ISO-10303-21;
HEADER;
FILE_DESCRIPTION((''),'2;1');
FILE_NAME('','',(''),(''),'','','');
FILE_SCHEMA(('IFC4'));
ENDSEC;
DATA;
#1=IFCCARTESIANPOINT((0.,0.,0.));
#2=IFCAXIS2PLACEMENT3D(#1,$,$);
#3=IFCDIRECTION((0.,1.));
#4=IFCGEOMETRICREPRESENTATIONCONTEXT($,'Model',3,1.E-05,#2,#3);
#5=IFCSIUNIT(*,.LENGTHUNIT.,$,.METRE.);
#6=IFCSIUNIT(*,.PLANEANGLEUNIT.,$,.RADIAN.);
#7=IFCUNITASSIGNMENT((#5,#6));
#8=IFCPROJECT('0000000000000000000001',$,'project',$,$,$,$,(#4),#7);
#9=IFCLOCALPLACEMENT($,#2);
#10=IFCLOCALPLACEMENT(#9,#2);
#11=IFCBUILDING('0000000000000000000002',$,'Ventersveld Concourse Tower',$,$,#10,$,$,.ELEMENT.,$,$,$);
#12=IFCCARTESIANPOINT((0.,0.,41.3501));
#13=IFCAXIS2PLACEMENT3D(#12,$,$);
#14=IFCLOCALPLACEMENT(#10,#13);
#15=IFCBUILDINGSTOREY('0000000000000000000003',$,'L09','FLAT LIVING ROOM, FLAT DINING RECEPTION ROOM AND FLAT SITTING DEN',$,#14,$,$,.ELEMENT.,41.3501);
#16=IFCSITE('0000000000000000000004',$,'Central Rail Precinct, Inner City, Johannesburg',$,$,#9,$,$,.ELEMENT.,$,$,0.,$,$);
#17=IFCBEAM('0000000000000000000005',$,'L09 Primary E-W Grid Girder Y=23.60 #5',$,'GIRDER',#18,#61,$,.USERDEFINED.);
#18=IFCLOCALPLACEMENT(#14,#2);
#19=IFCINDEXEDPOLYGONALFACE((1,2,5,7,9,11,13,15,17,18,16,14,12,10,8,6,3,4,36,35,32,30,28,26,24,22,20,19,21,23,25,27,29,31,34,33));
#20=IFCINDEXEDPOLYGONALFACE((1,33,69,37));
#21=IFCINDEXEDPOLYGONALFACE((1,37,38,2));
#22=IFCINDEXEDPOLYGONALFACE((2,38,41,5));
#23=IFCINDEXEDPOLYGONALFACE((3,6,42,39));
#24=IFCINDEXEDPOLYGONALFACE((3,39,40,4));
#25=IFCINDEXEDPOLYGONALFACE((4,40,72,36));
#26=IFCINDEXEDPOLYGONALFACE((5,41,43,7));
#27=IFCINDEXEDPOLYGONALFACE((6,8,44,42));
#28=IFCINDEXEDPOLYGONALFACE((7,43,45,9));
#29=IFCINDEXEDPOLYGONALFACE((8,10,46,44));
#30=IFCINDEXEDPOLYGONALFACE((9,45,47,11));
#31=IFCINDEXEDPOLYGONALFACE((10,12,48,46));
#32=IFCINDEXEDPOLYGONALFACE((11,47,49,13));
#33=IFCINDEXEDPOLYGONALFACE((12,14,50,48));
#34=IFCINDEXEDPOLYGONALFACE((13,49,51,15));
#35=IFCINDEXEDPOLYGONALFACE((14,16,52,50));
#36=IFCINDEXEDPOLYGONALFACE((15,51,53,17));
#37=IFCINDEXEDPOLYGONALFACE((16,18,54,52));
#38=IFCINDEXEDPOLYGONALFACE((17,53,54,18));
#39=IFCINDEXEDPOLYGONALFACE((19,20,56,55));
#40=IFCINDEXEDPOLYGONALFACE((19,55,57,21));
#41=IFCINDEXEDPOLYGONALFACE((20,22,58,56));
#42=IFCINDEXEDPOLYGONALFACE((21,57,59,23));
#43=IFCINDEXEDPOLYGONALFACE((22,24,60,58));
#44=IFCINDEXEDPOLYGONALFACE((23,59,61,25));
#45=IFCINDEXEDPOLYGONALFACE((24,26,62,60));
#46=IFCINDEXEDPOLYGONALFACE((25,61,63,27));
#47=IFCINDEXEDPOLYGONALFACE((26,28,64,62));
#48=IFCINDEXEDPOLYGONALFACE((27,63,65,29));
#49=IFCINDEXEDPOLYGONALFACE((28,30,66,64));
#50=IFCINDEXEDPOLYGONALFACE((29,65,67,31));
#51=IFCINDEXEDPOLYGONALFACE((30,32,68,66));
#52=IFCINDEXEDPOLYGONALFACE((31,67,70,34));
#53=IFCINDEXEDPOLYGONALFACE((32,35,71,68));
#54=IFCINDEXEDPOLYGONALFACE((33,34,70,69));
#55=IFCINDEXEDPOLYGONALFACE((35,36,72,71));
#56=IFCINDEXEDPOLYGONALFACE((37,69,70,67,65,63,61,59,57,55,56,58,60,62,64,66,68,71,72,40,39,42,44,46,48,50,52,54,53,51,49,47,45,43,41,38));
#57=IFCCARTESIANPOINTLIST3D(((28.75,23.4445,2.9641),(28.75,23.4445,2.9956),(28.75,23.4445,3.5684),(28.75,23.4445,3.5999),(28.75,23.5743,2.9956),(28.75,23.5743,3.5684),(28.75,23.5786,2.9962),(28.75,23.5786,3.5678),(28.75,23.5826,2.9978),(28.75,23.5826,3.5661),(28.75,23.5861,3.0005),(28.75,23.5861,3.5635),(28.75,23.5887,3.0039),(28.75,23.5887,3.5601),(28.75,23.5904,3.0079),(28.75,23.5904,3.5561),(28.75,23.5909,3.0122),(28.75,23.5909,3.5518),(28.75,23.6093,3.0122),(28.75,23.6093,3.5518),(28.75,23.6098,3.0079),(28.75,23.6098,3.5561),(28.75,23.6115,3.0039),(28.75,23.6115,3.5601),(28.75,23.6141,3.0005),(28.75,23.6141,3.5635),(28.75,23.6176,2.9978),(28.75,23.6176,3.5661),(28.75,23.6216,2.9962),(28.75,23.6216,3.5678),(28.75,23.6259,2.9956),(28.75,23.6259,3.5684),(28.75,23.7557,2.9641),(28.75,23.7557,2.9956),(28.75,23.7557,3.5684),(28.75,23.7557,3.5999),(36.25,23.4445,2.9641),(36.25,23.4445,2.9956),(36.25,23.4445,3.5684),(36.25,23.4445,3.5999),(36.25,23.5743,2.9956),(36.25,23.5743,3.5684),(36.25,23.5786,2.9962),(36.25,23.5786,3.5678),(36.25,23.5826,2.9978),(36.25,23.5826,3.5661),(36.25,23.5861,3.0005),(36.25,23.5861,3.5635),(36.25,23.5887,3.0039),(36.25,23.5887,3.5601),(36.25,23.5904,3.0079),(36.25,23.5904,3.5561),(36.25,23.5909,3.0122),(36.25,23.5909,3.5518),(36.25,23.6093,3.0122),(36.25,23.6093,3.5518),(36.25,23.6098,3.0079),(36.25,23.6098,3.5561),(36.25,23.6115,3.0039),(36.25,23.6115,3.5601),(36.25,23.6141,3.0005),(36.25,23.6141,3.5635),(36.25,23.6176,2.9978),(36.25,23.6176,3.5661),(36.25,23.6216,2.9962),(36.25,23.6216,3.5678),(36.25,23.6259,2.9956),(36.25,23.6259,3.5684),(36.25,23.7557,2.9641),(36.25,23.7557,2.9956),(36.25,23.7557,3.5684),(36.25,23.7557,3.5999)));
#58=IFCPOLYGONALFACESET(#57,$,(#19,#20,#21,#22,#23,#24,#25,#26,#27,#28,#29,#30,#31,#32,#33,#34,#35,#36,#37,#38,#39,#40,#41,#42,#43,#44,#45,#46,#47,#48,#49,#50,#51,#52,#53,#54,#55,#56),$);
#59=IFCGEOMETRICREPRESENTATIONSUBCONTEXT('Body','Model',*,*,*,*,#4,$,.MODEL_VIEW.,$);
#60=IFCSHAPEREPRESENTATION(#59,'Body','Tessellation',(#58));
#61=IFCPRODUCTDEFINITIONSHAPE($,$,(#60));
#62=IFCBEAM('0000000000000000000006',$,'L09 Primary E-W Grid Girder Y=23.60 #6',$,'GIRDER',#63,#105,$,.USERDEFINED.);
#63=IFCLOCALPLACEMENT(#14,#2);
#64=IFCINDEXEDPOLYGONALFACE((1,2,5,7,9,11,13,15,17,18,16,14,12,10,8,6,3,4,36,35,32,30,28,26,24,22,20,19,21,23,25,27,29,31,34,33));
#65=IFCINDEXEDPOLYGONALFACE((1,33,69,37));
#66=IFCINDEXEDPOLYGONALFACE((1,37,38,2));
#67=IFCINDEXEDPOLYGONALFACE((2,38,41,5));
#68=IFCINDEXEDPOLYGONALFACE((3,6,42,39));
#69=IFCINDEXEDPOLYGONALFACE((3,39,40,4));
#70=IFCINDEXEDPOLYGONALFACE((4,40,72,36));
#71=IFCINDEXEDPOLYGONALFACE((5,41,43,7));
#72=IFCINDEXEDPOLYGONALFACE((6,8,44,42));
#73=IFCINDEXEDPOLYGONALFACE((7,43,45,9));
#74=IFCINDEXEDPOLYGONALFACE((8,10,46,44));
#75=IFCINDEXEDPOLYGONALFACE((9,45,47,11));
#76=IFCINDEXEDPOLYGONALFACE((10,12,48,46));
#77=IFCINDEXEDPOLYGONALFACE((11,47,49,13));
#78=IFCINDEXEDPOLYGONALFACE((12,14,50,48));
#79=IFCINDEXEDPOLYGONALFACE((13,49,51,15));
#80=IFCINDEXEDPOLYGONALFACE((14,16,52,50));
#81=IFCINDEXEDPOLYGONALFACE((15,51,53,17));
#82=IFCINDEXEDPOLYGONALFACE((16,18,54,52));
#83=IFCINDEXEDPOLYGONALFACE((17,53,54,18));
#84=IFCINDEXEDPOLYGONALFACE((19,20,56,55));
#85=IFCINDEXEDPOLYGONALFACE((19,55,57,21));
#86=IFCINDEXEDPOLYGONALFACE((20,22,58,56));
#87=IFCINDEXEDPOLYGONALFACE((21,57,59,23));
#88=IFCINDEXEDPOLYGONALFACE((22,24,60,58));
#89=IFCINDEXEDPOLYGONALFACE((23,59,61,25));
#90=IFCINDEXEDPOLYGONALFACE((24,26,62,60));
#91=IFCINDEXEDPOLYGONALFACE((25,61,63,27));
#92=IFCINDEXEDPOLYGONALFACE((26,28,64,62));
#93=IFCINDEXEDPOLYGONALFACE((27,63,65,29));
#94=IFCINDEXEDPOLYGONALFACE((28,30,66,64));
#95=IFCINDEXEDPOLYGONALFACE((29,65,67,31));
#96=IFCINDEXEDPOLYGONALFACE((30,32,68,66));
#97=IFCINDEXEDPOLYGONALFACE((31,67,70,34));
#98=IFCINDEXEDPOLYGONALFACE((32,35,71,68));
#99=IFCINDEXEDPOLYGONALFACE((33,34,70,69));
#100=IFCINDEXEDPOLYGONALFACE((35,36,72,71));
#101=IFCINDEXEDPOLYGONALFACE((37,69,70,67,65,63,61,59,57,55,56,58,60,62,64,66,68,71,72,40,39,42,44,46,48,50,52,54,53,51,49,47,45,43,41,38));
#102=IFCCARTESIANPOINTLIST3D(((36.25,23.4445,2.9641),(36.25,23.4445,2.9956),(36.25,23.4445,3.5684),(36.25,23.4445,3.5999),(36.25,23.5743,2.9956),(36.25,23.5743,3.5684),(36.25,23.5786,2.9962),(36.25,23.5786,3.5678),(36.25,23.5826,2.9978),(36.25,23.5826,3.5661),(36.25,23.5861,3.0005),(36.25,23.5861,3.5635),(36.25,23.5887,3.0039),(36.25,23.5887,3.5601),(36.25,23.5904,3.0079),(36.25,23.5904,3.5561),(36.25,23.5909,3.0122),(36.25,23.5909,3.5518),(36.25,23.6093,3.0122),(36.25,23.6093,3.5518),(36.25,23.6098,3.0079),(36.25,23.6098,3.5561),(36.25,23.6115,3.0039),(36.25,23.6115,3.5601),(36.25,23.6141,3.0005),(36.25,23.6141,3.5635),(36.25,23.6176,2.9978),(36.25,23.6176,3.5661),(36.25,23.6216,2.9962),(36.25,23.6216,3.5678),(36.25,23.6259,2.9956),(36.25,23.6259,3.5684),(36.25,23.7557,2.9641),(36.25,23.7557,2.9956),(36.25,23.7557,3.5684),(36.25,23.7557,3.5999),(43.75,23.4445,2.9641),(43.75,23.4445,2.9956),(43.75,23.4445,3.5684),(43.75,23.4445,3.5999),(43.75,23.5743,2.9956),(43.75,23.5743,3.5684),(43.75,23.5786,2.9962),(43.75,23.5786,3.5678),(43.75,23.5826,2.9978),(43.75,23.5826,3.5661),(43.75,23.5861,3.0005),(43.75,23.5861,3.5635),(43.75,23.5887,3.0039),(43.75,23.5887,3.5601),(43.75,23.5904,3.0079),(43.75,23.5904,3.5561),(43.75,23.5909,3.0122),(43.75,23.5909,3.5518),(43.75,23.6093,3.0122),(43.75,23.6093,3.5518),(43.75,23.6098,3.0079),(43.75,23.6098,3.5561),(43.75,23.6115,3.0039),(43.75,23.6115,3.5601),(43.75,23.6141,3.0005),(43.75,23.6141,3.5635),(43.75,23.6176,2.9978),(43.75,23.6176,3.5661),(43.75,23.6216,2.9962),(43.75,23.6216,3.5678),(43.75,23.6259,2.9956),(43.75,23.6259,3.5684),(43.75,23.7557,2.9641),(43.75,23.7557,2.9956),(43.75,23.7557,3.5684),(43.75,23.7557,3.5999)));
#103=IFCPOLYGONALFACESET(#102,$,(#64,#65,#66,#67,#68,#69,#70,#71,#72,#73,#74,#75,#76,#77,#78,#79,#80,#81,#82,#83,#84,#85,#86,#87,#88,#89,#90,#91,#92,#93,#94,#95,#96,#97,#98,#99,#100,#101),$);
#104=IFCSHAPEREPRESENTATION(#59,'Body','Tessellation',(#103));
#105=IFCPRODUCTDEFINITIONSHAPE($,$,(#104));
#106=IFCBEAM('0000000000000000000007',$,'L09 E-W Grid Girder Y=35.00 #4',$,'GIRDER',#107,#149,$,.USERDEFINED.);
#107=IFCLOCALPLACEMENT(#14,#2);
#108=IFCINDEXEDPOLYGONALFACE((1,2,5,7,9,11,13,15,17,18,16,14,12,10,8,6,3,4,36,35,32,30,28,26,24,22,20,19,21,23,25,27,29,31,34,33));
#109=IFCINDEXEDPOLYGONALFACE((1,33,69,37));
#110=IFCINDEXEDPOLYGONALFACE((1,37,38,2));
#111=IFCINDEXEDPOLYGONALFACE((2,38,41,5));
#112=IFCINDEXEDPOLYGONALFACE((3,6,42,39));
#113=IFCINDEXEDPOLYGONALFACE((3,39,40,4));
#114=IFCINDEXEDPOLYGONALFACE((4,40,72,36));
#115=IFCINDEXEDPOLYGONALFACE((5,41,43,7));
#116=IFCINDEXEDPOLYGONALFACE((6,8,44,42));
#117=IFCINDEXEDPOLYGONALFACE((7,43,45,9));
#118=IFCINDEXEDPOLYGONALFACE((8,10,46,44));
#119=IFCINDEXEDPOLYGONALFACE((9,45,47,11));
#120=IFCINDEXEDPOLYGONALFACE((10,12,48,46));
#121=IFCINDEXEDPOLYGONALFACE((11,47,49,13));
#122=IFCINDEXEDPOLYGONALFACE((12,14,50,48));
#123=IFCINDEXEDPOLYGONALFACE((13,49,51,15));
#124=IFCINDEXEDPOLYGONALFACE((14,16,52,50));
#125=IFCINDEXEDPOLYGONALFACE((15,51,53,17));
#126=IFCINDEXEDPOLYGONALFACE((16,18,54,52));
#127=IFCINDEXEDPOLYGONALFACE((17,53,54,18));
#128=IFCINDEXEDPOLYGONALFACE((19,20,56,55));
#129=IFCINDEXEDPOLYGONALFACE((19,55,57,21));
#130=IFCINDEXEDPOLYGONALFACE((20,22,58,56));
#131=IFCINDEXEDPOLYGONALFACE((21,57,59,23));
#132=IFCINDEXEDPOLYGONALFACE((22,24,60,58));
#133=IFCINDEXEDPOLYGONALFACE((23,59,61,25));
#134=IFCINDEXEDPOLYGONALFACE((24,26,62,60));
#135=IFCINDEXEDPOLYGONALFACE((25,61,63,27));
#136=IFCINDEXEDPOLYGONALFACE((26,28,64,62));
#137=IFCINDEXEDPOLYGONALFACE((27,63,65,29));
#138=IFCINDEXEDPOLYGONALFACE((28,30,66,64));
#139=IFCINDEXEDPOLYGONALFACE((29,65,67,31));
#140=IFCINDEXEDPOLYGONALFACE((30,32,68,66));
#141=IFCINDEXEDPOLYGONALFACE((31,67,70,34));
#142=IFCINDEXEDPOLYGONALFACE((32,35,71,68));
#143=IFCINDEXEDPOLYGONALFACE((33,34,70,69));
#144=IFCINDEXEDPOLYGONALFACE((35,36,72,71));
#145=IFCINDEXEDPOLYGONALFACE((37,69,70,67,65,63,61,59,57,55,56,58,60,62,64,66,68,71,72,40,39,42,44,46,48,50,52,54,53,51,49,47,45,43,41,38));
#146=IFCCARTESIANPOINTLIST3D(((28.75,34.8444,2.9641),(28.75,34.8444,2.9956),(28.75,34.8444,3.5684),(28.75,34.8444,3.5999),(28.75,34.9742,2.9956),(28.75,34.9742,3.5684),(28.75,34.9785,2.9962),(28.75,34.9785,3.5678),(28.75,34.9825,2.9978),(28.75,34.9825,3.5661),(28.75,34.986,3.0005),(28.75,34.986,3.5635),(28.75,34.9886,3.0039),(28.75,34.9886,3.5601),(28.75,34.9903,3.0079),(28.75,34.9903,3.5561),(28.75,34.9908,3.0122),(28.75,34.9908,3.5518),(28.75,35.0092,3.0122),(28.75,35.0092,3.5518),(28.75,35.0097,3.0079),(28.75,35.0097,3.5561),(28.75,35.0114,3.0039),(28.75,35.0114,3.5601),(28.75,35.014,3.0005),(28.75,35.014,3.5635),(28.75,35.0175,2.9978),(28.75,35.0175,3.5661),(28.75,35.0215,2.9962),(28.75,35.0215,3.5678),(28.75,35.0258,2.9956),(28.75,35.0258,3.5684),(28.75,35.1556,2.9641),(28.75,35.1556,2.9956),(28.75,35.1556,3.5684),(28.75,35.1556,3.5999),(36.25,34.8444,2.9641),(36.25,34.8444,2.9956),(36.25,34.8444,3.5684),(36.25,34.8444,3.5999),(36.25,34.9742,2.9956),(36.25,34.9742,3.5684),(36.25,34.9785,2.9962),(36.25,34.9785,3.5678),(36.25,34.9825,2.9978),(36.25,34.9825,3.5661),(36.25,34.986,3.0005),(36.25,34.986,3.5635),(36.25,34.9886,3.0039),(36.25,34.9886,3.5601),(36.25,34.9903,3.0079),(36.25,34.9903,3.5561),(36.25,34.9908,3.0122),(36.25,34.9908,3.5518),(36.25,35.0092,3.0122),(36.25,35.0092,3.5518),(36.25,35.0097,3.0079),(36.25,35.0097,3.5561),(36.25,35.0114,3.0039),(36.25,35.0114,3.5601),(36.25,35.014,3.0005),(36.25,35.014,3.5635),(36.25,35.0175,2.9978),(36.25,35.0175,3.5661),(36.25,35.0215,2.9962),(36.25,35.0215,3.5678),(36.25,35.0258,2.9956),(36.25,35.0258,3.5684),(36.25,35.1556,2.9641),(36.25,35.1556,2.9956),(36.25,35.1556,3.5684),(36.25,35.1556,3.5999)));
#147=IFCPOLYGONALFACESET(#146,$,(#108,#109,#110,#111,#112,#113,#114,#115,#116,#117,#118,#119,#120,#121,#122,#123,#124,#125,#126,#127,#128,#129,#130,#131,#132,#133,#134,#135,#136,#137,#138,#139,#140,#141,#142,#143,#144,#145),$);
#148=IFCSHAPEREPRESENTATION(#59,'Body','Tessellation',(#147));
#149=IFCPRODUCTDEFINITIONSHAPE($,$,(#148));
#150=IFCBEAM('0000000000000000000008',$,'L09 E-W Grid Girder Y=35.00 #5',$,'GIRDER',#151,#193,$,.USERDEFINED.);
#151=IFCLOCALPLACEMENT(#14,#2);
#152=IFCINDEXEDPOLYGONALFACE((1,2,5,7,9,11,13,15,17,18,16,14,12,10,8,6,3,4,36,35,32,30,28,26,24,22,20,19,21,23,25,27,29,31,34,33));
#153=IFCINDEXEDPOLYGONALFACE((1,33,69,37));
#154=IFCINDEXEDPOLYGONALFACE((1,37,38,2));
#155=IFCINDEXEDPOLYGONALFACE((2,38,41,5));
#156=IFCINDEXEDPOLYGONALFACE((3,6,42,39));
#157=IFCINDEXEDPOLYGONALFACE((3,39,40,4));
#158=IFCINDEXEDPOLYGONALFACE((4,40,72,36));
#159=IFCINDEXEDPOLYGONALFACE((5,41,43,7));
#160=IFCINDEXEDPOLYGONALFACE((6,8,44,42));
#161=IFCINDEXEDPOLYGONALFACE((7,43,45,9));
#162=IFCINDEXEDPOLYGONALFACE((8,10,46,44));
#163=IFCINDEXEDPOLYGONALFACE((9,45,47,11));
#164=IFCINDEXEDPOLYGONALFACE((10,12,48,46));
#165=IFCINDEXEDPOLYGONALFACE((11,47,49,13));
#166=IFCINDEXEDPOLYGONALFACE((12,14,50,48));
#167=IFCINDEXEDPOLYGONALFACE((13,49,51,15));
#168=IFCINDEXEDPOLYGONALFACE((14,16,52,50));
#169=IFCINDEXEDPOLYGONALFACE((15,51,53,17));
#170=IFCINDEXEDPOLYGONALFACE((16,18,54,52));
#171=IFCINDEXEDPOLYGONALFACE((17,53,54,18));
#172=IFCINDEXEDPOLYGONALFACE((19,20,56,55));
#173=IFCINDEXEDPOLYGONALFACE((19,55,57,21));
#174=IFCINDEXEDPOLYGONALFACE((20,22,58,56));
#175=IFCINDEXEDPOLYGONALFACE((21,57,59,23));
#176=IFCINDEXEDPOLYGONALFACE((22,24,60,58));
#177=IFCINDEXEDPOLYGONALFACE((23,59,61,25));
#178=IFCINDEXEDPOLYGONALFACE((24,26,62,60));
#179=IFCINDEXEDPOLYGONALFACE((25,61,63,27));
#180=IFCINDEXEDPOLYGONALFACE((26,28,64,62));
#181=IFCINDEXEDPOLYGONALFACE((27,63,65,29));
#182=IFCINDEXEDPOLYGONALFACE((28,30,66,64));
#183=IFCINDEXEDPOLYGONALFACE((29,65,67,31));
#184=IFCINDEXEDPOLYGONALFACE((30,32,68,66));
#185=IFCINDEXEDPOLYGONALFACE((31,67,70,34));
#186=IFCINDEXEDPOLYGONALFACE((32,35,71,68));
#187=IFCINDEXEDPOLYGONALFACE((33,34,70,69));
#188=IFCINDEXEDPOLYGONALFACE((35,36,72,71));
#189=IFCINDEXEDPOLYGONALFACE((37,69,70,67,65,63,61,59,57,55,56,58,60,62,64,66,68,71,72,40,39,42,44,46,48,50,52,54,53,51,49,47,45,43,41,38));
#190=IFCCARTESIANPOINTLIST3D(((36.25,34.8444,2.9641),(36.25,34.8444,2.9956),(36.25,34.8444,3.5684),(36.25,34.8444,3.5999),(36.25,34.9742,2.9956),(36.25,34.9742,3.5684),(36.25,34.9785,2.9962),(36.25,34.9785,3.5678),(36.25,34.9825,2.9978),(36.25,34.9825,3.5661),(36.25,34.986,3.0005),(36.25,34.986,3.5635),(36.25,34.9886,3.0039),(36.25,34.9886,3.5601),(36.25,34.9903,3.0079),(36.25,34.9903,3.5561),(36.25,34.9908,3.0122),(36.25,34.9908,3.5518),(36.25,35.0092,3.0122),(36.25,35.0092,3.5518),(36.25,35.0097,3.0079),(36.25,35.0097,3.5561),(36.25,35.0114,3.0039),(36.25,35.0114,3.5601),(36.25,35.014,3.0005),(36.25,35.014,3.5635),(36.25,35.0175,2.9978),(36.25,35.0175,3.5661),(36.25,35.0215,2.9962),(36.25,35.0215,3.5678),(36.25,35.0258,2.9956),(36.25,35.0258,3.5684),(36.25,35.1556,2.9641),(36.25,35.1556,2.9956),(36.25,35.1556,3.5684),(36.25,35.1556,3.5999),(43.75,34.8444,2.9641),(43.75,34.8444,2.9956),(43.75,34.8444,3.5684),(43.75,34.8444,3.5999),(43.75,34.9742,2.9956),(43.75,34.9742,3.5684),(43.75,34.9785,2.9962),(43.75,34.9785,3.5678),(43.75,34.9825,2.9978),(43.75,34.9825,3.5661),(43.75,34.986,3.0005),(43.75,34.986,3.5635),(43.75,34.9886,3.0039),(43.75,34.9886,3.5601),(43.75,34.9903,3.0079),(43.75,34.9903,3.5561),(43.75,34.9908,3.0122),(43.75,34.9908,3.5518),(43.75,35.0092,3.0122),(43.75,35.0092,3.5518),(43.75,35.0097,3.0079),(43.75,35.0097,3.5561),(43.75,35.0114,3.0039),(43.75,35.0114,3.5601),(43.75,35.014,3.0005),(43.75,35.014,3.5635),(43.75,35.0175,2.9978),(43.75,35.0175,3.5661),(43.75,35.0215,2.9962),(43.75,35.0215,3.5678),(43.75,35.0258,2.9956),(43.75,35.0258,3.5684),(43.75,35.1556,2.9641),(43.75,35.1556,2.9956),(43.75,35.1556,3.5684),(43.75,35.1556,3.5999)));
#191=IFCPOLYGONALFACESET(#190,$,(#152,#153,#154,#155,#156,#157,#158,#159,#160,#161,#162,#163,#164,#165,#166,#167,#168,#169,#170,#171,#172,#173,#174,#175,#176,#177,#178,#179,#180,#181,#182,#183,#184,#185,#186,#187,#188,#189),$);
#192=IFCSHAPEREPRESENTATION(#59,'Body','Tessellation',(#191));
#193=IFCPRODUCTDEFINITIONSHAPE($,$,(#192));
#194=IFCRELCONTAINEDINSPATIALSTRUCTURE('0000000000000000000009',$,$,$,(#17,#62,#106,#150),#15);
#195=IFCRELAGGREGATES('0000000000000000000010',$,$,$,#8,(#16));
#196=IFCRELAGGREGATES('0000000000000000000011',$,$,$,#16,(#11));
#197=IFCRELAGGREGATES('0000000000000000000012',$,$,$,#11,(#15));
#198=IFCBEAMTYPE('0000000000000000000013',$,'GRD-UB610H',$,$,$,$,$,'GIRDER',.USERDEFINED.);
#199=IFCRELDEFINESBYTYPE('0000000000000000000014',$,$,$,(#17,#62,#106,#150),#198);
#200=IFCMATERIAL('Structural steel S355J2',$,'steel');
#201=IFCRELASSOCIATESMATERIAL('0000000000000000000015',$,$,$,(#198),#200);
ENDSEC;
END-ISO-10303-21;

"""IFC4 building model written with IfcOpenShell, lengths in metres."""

from ifc_helpers import new_model, si_unit, direction, frame, origin, origin_2d, place, context, subcontext, project, spatial, i_section, extrude, material, material_profile, profile_set, type_object, element, save


model = new_model("IFC4")

# Units and contexts
model_context = context("Model", 3, precision=1e-05, world=origin(), true_north=direction((0.0, 1.0)))
body_context = subcontext(model_context, "Body", "Model", "MODEL_VIEW")
ifc_project = project(units=[si_unit("LENGTHUNIT", "METRE"), si_unit("PLANEANGLEUNIT", "RADIAN")], contexts=[model_context])

# Site, building, storey
site_placement = place(None, origin())
site = spatial("IfcSite", under=ifc_project, at=site_placement, Name="Central Rail Precinct, Inner City, Johannesburg", CompositionType="ELEMENT", RefElevation=0.0)
building_placement = place(site_placement, origin())
building = spatial("IfcBuilding", under=site, at=building_placement, Name="Ventersveld Concourse Tower", CompositionType="ELEMENT")
storey_placement = place(building_placement, frame((0.0, 0.0, 41.3501)))
storey = spatial("IfcBuildingStorey", under=building, at=storey_placement, Name="L09", Description="FLAT LIVING ROOM, FLAT DINING RECEPTION ROOM AND FLAT SITTING DEN", CompositionType="ELEMENT", Elevation=41.3501)

# Beams
ifc_material_1 = material(Name="Structural steel S355J2", Category="steel")
ifc_material_profile_1 = material_profile(ifc_material_1, i_section(OverallWidth=0.3113, OverallDepth=0.6357, WebThickness=0.0183, FlangeThickness=0.0315, FilletRadius=0.0166, at=origin_2d()), Name="UB 610x305x238")
ifc_profile_set_1 = profile_set([ifc_material_profile_1], Name="Structural steel S355J2")
beam_type_1 = type_object("IfcBeamType", Name="GRD-UB610H", ElementType="GIRDER", PredefinedType="USERDEFINED", material=ifc_profile_set_1)
for number, where, z_axis, x_axis, name in (
    (1, (28.75, 23.6001, 3.282), (1.0, 0.0, 0.0), (0.0, 1.0, 0.0), "L09 Primary E-W Grid Girder Y=23.60 #5"),
    (2, (36.25, 23.6001, 3.282), (1.0, 0.0, 0.0), (0.0, 1.0, 0.0), "L09 Primary E-W Grid Girder Y=23.60 #6"),
    (3, (28.75, 35.0, 3.282), (1.0, 0.0, 0.0), (0.0, 1.0, 0.0), "L09 E-W Grid Girder Y=35.00 #4"),
    (4, (36.25, 35.0, 3.282), (1.0, 0.0, 0.0), (0.0, 1.0, 0.0), "L09 E-W Grid Girder Y=35.00 #5"),
):
    element("IfcBeam", number, at=place(storey_placement, frame(where, z_axis=z_axis, x_axis=x_axis)), inside=storey, type_object=beam_type_1, Name=name, ObjectType="GIRDER", PredefinedType="USERDEFINED", context=body_context, shape_type="SweptSolid", body=[
        extrude(i_section(OverallWidth=0.3113, OverallDepth=0.6357, WebThickness=0.0183, FlangeThickness=0.0315, FilletRadius=0.0166, at=origin_2d()), origin(), (0.0, 0.0, 1.0), 7.5),
    ])

save(model, "model.ifc")
